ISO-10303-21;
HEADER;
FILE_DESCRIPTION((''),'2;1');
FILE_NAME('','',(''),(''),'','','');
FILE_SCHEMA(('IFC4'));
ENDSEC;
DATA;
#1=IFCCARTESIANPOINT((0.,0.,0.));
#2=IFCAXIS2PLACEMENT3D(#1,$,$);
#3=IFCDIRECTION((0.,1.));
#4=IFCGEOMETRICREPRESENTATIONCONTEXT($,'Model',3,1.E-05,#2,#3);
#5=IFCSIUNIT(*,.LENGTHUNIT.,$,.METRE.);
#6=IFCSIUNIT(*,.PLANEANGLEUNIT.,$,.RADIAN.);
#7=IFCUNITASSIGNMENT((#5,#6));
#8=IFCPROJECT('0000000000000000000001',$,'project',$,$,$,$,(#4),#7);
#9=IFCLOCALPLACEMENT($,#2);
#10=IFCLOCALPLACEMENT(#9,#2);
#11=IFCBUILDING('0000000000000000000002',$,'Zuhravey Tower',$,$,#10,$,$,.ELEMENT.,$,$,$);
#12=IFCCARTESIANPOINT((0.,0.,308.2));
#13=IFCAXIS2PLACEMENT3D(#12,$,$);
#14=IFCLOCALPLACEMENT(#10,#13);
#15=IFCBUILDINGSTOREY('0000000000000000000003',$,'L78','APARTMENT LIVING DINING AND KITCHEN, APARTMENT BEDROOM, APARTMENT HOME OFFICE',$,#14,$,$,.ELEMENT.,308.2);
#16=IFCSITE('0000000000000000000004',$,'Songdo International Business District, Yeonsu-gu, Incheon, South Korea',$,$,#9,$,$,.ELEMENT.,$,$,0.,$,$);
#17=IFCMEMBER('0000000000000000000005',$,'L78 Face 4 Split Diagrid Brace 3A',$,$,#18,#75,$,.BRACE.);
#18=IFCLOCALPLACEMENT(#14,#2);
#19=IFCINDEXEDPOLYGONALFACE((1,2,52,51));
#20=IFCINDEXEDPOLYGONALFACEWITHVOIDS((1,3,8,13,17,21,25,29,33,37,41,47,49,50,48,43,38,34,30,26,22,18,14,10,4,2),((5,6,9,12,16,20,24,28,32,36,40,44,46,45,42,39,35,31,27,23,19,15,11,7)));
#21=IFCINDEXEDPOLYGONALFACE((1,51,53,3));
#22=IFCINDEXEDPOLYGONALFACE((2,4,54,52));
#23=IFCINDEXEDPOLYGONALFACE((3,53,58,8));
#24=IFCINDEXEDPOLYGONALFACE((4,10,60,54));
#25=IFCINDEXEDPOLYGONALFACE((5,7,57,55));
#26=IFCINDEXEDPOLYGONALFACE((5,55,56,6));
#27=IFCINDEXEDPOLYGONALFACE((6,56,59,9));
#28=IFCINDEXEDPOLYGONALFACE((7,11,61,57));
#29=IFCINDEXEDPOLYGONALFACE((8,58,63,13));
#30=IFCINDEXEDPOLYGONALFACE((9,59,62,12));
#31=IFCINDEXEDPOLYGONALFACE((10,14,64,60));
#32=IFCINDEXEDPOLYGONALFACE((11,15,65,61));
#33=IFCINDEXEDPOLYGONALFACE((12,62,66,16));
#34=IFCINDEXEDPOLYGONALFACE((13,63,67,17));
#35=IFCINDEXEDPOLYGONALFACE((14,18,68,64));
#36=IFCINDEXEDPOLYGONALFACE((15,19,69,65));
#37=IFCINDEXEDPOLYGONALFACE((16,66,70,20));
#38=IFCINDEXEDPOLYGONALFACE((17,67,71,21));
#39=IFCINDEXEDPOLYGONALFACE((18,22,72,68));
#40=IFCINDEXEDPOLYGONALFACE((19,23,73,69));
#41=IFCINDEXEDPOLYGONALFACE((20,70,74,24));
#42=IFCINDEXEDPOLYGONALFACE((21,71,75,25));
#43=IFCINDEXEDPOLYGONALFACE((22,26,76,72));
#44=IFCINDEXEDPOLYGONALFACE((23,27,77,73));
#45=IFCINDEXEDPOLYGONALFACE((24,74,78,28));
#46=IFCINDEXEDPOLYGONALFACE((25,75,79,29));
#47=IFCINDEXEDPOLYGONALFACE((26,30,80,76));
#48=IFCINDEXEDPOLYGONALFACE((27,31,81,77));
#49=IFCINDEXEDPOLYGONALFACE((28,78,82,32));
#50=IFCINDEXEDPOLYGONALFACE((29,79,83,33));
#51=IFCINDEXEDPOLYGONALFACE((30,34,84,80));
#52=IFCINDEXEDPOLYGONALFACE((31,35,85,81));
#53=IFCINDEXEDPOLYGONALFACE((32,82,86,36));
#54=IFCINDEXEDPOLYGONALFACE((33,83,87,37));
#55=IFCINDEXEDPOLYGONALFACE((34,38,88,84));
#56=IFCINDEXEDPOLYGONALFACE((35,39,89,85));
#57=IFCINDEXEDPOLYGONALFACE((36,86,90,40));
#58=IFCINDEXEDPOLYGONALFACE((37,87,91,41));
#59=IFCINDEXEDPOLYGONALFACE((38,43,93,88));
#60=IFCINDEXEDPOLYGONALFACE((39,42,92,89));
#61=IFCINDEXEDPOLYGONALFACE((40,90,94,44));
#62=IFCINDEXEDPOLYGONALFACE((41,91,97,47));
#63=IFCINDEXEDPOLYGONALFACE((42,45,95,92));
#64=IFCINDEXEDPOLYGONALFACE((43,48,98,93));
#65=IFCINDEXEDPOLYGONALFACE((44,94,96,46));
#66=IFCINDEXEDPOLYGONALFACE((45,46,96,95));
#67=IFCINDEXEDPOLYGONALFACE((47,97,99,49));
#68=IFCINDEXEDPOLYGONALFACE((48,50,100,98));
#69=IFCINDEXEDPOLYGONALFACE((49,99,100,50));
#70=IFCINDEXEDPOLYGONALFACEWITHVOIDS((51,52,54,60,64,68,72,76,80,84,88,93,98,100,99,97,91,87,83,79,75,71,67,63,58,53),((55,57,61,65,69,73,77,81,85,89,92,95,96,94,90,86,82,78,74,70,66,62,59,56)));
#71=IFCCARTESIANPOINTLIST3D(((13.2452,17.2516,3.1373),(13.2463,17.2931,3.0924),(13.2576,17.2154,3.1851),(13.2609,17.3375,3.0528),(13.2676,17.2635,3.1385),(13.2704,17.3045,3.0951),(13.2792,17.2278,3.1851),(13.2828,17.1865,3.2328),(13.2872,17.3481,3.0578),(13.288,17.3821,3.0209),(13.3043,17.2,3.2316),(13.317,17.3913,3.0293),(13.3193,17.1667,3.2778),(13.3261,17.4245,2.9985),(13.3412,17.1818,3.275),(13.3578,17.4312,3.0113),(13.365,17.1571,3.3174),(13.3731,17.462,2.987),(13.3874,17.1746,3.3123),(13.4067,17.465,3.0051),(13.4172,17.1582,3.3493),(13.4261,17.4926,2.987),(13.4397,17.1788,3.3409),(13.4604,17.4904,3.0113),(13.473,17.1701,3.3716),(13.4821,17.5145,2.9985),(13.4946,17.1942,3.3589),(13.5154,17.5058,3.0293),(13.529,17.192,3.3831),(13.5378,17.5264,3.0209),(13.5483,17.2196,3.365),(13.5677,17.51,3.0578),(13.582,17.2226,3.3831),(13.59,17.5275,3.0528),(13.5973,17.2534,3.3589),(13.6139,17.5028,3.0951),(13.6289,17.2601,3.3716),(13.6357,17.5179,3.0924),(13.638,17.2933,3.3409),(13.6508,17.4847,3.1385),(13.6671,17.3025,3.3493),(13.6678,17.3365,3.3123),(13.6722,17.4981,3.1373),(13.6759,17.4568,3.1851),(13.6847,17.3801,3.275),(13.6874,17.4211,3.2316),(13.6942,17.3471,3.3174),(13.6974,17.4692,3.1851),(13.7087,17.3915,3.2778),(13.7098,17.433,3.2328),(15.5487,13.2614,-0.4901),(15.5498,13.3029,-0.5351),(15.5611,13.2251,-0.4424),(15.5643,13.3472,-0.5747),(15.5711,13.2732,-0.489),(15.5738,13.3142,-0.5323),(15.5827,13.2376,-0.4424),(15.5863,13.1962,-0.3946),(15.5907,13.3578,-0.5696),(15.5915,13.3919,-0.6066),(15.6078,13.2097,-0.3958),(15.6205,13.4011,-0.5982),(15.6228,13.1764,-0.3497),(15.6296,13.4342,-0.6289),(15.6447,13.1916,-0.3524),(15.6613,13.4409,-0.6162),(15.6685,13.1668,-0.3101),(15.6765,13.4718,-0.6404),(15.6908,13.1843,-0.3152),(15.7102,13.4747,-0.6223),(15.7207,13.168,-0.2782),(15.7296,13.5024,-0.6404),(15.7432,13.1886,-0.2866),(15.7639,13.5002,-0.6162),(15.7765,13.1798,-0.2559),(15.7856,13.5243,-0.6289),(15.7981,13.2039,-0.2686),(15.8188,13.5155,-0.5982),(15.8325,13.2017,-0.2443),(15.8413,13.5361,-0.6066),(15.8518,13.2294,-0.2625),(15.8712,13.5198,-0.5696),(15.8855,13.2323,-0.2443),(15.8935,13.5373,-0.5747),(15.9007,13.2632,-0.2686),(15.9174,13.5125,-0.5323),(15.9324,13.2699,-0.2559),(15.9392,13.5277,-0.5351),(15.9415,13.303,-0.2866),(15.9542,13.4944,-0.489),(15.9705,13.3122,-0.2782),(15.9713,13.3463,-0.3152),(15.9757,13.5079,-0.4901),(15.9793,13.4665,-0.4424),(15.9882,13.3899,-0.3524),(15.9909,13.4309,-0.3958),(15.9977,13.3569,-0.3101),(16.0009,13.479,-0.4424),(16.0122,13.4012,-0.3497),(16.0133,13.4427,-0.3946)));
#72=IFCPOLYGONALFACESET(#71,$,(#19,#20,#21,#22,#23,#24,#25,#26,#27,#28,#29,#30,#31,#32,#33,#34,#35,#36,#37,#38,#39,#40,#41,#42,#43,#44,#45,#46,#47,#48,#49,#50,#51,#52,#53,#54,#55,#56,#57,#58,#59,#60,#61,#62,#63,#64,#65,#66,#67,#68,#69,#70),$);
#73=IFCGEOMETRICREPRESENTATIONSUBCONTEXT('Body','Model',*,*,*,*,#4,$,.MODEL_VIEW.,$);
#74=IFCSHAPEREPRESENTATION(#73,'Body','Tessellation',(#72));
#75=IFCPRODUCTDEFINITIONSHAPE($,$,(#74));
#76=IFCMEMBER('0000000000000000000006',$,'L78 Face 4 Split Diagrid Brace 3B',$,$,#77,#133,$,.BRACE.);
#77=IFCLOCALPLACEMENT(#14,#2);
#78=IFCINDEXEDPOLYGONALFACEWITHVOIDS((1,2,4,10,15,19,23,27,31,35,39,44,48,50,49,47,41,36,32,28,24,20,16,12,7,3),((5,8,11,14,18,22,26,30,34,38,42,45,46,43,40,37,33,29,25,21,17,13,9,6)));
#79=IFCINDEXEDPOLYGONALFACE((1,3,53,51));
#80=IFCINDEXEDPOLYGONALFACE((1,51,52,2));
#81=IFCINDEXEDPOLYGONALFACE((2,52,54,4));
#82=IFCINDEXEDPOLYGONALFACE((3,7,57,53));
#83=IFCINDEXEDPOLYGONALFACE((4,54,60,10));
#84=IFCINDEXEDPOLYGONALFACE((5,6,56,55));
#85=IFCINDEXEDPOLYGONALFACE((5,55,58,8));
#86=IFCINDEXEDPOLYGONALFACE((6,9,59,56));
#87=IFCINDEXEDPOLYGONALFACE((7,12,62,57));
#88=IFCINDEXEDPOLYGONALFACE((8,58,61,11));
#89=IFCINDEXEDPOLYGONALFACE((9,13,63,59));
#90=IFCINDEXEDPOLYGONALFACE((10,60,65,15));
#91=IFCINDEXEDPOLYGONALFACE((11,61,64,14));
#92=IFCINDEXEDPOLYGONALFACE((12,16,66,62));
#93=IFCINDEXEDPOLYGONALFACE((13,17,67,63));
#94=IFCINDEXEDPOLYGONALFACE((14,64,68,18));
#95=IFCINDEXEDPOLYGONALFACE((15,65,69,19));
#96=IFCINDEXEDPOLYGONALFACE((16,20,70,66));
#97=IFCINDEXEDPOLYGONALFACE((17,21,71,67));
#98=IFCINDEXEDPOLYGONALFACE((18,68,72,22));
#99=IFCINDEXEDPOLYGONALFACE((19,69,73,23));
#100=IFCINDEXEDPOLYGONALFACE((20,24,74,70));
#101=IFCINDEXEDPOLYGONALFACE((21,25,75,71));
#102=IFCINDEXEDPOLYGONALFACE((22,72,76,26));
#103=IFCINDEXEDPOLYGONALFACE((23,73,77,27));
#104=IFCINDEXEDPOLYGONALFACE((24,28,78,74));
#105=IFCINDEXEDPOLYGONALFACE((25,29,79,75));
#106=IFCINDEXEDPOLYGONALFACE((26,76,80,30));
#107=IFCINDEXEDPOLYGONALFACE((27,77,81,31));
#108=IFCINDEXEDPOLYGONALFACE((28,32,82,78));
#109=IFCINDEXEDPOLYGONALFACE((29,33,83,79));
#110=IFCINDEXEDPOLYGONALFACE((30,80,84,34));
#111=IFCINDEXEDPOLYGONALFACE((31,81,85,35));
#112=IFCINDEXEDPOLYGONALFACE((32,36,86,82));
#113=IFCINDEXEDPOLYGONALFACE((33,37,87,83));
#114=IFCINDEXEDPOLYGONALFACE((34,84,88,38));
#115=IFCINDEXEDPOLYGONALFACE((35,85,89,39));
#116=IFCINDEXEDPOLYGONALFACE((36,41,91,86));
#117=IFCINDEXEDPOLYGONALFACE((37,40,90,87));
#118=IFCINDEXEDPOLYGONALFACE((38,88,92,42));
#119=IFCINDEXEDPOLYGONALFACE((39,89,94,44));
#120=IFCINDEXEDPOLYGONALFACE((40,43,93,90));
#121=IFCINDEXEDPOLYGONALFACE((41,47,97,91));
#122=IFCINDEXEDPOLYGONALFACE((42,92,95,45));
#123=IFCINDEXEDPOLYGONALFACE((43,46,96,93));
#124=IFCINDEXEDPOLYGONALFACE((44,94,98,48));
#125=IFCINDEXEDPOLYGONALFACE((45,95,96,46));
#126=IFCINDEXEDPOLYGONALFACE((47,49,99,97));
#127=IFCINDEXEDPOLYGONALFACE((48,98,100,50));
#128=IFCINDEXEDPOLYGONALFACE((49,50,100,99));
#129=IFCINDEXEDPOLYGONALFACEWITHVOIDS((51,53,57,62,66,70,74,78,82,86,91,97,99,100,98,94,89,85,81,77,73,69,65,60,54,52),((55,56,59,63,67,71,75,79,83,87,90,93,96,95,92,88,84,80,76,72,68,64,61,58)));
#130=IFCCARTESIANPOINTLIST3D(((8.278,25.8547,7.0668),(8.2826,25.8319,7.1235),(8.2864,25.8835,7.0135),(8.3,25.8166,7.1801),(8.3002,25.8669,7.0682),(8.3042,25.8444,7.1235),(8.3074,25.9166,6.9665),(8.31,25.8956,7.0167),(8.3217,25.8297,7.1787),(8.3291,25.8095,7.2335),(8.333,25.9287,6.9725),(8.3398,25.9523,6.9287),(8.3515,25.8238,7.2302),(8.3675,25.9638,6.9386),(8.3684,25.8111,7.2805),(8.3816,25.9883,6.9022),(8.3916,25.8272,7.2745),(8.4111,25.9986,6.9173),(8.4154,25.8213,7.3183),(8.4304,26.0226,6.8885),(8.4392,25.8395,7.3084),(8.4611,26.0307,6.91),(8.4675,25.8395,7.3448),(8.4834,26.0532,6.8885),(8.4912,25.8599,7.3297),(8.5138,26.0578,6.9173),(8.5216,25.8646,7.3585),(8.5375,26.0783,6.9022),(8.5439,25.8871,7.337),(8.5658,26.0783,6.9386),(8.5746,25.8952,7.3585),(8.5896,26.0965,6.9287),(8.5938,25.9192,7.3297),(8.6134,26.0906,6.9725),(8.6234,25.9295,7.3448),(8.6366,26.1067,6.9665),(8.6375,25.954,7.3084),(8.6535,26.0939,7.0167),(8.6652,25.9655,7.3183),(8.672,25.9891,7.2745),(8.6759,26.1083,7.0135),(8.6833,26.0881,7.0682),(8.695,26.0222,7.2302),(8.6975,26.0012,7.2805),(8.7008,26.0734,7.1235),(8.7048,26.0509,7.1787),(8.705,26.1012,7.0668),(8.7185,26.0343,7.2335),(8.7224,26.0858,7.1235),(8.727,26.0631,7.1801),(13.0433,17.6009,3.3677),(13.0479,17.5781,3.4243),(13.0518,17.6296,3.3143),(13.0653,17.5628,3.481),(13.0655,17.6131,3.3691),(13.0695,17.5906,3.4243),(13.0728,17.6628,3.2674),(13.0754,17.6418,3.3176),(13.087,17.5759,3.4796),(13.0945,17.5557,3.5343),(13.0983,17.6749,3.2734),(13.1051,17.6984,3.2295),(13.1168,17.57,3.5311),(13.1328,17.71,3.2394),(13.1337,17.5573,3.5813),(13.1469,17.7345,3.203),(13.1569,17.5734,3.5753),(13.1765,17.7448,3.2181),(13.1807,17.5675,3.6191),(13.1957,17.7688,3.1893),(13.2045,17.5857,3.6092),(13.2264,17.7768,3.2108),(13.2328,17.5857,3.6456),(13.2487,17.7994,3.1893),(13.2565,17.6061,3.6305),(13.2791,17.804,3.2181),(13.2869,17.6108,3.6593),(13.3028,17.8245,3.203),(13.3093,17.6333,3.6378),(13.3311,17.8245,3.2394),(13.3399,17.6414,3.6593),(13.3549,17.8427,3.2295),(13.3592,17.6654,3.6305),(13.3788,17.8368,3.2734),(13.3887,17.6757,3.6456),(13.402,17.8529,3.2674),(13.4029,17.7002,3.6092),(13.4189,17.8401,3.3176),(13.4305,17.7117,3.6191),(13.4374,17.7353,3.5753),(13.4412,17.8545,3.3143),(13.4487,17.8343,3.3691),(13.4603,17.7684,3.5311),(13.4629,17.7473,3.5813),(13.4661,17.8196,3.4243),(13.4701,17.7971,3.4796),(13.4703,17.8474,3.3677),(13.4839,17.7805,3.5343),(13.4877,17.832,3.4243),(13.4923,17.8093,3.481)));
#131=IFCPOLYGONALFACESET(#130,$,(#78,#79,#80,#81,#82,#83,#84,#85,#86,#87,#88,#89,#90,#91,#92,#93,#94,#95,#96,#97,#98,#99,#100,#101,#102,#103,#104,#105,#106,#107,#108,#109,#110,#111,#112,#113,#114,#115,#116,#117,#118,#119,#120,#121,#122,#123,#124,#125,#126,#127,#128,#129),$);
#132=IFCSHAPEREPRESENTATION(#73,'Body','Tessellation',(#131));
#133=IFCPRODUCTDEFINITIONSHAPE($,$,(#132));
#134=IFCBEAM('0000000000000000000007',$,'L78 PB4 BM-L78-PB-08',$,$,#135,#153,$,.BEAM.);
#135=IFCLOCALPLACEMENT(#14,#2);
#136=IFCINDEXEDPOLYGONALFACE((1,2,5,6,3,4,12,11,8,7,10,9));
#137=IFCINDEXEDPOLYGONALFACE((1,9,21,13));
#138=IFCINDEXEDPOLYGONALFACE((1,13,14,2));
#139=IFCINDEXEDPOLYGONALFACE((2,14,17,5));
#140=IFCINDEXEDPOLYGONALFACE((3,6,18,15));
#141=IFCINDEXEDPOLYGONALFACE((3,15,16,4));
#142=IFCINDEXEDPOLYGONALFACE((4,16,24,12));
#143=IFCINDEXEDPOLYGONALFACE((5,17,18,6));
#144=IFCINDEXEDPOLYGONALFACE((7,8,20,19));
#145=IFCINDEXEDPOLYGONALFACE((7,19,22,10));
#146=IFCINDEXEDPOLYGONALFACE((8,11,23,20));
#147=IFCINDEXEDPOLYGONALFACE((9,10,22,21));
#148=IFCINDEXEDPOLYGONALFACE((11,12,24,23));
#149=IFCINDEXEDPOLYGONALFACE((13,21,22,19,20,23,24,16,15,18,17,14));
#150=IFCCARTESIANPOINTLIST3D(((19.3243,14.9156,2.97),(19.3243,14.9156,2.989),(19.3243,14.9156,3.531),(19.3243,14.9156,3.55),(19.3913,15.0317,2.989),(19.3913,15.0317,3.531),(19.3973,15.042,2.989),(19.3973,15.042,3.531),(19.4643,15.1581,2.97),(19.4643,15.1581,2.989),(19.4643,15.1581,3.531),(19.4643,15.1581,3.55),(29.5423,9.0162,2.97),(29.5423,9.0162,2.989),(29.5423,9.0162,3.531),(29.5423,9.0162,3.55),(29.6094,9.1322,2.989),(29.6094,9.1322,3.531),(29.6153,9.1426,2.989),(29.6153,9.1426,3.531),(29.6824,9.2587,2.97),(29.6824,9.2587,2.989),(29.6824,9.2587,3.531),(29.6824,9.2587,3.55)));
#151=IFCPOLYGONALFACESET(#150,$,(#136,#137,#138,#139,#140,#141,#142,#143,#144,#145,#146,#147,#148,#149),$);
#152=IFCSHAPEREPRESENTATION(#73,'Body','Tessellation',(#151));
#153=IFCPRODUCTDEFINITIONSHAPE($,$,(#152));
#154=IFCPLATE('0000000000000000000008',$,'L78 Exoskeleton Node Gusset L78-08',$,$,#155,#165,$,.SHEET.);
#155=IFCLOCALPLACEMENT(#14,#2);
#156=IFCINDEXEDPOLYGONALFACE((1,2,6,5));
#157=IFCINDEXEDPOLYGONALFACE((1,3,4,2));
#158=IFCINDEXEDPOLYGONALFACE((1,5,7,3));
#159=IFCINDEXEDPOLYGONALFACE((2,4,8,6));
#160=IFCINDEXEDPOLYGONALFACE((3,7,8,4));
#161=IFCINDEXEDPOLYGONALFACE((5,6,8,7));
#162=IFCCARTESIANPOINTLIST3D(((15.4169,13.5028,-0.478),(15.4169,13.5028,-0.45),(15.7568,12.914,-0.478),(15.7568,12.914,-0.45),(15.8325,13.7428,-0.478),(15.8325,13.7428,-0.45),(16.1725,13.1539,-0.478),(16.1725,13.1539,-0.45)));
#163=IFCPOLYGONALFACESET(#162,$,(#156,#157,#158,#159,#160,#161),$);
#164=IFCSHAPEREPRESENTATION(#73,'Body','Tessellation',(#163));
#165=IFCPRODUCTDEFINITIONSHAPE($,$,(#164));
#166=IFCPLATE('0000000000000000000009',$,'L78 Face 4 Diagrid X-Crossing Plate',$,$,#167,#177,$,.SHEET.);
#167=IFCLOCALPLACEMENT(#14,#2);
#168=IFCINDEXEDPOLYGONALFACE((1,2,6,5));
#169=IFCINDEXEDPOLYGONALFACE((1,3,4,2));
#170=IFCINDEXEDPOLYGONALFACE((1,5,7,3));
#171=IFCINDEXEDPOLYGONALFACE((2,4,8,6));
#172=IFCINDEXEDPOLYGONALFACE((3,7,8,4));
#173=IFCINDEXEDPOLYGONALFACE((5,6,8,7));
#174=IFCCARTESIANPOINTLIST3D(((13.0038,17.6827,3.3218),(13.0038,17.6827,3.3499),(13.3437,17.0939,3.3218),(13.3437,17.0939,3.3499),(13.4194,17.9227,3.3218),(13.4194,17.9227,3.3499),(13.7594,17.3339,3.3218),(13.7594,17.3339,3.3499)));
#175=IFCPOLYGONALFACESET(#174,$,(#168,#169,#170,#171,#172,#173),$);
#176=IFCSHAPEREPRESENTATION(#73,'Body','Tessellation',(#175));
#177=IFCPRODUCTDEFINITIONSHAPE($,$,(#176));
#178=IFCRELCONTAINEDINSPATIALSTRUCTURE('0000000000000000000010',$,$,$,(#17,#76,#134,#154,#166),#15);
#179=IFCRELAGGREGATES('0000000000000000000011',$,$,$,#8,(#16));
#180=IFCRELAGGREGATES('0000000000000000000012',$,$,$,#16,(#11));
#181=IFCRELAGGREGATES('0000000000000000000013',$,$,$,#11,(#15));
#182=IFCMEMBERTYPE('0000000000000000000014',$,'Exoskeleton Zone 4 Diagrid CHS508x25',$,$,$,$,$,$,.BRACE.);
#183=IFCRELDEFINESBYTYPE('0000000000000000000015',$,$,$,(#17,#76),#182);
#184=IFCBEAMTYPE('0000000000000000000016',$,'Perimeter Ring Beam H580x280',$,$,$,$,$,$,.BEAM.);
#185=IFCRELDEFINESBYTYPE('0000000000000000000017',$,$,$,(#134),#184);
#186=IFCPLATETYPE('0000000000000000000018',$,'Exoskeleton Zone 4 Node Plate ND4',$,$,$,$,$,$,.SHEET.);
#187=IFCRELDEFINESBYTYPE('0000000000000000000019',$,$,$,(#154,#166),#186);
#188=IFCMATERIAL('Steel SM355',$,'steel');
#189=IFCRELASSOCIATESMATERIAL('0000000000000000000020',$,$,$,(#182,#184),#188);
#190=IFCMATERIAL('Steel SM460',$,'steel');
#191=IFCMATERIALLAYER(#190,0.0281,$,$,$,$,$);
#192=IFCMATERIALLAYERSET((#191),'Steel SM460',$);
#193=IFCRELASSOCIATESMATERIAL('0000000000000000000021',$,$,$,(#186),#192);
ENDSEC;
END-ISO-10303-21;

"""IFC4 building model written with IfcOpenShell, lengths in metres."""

from ifc_helpers import new_model, si_unit, direction, frame, origin, origin_2d, place, context, subcontext, project, spatial, rectangle, hollow_circle, i_section, extrude, material, layer, layer_set, material_profile, profile_set, type_object, element, save


model = new_model("IFC4")

# Units and contexts
model_context = context("Model", 3, precision=1e-05, world=origin(), true_north=direction((0.0, 1.0)))
body_context = subcontext(model_context, "Body", "Model", "MODEL_VIEW")
ifc_project = project(units=[si_unit("LENGTHUNIT", "METRE"), si_unit("PLANEANGLEUNIT", "RADIAN")], contexts=[model_context])

# Site, building, storey
site_placement = place(None, origin())
site = spatial("IfcSite", under=ifc_project, at=site_placement, Name="Songdo International Business District, Yeonsu-gu, Incheon, South Korea", CompositionType="ELEMENT", RefElevation=0.0)
building_placement = place(site_placement, origin())
building = spatial("IfcBuilding", under=site, at=building_placement, Name="Zuhravey Tower", CompositionType="ELEMENT")
storey_placement = place(building_placement, frame((0.0, 0.0, 308.2)))
storey = spatial("IfcBuildingStorey", under=building, at=storey_placement, Name="L78", Description="APARTMENT LIVING DINING AND KITCHEN, APARTMENT BEDROOM, APARTMENT HOME OFFICE", CompositionType="ELEMENT", Elevation=308.2)

# Members
ifc_material_1 = material(Name="Steel SM355", Category="steel")
ifc_material_profile_1 = material_profile(ifc_material_1, hollow_circle(Radius=0.2539, WallThickness=0.0249, at=origin_2d()), Name="CHS-508.0x25")
ifc_profile_set_1 = profile_set([ifc_material_profile_1], Name="Steel SM355")
member_type_1 = type_object("IfcMemberType", Name="Exoskeleton Zone 4 Diagrid CHS508x25", PredefinedType="BRACE", material=ifc_profile_set_1)
member_1_placement = place(storey_placement, frame((15.781, 13.3521, -0.4424), z_axis=(-0.392816, 0.680465, 0.618597), x_axis=(-0.866053, -0.499952, 0.0)))
element("IfcMember", 1, at=member_1_placement, inside=storey, type_object=member_type_1, Name="L78 Face 4 Split Diagrid Brace 3A", PredefinedType="BRACE", context=body_context, shape_type="SweptSolid", body=[
    extrude(hollow_circle(Radius=0.2539, WallThickness=0.0249, at=origin_2d()), origin(), (0.0, 0.0, 1.0), 5.864),
])
member_2_placement = place(storey_placement, frame((13.2678, 17.7051, 3.4243), z_axis=(-0.46612, 0.807346, 0.361835), x_axis=(-0.866026, -0.499999, 0.0)))
element("IfcMember", 2, at=member_2_placement, inside=storey, type_object=member_type_1, Name="L78 Face 4 Split Diagrid Brace 3B", PredefinedType="BRACE", context=body_context, shape_type="SweptSolid", body=[
    extrude(hollow_circle(Radius=0.2539, WallThickness=0.0249, at=origin_2d()), origin(), (0.0, 0.0, 1.0), 10.2234),
])

# Beam
ifc_material_profile_2 = material_profile(ifc_material_1, i_section(OverallWidth=0.28, OverallDepth=0.5801, WebThickness=0.012, FlangeThickness=0.019, at=origin_2d()), Name="H-580x280x12x19")
ifc_profile_set_2 = profile_set([ifc_material_profile_2], Name="Steel SM355")
beam_type = type_object("IfcBeamType", Name="Perimeter Ring Beam H580x280", PredefinedType="BEAM", material=ifc_profile_set_2)
beam_placement = place(storey_placement, frame((19.3943, 15.0369, 3.26), z_axis=(0.866024, -0.500002, 0.0), x_axis=(0.500002, 0.866024, 0.0)))
element("IfcBeam", 3, at=beam_placement, inside=storey, type_object=beam_type, Name="L78 PB4 BM-L78-PB-08", PredefinedType="BEAM", context=body_context, shape_type="SweptSolid", body=[
    extrude(i_section(OverallWidth=0.28, OverallDepth=0.5801, WebThickness=0.012, FlangeThickness=0.019, at=origin_2d()), origin(), (0.0, 0.0, 1.0), 11.7988),
])

# Plates
ifc_material_2 = material(Name="Steel SM460", Category="steel")
ifc_layer_1 = layer(ifc_material_2, 0.0281)
ifc_layer_set_1 = layer_set([ifc_layer_1], Name="Steel SM460")
plate_type_1 = type_object("IfcPlateType", Name="Exoskeleton Zone 4 Node Plate ND4", PredefinedType="SHEET", material=ifc_layer_set_1)
for number, where, z_axis, x_axis, name in (
    (4, (15.7947, 13.3284, -0.478), (0.0, 0.0, 1.0), (0.5, -0.866025, 0.0), "L78 Exoskeleton Node Gusset L78-08"),
    (5, (13.3816, 17.5083, 3.3218), (0.0, 0.0, 1.0), (0.5, -0.866025, 0.0), "L78 Face 4 Diagrid X-Crossing Plate"),
):
    element("IfcPlate", number, at=place(storey_placement, frame(where, z_axis=z_axis, x_axis=x_axis)), inside=storey, type_object=plate_type_1, Name=name, PredefinedType="SHEET", context=body_context, shape_type="SweptSolid", body=[
        extrude(rectangle(XDim=0.6799, YDim=0.48, at=origin_2d()), origin(), (0.0, 0.0, 1.0), 0.0281),
    ])

save(model, "model.ifc")
